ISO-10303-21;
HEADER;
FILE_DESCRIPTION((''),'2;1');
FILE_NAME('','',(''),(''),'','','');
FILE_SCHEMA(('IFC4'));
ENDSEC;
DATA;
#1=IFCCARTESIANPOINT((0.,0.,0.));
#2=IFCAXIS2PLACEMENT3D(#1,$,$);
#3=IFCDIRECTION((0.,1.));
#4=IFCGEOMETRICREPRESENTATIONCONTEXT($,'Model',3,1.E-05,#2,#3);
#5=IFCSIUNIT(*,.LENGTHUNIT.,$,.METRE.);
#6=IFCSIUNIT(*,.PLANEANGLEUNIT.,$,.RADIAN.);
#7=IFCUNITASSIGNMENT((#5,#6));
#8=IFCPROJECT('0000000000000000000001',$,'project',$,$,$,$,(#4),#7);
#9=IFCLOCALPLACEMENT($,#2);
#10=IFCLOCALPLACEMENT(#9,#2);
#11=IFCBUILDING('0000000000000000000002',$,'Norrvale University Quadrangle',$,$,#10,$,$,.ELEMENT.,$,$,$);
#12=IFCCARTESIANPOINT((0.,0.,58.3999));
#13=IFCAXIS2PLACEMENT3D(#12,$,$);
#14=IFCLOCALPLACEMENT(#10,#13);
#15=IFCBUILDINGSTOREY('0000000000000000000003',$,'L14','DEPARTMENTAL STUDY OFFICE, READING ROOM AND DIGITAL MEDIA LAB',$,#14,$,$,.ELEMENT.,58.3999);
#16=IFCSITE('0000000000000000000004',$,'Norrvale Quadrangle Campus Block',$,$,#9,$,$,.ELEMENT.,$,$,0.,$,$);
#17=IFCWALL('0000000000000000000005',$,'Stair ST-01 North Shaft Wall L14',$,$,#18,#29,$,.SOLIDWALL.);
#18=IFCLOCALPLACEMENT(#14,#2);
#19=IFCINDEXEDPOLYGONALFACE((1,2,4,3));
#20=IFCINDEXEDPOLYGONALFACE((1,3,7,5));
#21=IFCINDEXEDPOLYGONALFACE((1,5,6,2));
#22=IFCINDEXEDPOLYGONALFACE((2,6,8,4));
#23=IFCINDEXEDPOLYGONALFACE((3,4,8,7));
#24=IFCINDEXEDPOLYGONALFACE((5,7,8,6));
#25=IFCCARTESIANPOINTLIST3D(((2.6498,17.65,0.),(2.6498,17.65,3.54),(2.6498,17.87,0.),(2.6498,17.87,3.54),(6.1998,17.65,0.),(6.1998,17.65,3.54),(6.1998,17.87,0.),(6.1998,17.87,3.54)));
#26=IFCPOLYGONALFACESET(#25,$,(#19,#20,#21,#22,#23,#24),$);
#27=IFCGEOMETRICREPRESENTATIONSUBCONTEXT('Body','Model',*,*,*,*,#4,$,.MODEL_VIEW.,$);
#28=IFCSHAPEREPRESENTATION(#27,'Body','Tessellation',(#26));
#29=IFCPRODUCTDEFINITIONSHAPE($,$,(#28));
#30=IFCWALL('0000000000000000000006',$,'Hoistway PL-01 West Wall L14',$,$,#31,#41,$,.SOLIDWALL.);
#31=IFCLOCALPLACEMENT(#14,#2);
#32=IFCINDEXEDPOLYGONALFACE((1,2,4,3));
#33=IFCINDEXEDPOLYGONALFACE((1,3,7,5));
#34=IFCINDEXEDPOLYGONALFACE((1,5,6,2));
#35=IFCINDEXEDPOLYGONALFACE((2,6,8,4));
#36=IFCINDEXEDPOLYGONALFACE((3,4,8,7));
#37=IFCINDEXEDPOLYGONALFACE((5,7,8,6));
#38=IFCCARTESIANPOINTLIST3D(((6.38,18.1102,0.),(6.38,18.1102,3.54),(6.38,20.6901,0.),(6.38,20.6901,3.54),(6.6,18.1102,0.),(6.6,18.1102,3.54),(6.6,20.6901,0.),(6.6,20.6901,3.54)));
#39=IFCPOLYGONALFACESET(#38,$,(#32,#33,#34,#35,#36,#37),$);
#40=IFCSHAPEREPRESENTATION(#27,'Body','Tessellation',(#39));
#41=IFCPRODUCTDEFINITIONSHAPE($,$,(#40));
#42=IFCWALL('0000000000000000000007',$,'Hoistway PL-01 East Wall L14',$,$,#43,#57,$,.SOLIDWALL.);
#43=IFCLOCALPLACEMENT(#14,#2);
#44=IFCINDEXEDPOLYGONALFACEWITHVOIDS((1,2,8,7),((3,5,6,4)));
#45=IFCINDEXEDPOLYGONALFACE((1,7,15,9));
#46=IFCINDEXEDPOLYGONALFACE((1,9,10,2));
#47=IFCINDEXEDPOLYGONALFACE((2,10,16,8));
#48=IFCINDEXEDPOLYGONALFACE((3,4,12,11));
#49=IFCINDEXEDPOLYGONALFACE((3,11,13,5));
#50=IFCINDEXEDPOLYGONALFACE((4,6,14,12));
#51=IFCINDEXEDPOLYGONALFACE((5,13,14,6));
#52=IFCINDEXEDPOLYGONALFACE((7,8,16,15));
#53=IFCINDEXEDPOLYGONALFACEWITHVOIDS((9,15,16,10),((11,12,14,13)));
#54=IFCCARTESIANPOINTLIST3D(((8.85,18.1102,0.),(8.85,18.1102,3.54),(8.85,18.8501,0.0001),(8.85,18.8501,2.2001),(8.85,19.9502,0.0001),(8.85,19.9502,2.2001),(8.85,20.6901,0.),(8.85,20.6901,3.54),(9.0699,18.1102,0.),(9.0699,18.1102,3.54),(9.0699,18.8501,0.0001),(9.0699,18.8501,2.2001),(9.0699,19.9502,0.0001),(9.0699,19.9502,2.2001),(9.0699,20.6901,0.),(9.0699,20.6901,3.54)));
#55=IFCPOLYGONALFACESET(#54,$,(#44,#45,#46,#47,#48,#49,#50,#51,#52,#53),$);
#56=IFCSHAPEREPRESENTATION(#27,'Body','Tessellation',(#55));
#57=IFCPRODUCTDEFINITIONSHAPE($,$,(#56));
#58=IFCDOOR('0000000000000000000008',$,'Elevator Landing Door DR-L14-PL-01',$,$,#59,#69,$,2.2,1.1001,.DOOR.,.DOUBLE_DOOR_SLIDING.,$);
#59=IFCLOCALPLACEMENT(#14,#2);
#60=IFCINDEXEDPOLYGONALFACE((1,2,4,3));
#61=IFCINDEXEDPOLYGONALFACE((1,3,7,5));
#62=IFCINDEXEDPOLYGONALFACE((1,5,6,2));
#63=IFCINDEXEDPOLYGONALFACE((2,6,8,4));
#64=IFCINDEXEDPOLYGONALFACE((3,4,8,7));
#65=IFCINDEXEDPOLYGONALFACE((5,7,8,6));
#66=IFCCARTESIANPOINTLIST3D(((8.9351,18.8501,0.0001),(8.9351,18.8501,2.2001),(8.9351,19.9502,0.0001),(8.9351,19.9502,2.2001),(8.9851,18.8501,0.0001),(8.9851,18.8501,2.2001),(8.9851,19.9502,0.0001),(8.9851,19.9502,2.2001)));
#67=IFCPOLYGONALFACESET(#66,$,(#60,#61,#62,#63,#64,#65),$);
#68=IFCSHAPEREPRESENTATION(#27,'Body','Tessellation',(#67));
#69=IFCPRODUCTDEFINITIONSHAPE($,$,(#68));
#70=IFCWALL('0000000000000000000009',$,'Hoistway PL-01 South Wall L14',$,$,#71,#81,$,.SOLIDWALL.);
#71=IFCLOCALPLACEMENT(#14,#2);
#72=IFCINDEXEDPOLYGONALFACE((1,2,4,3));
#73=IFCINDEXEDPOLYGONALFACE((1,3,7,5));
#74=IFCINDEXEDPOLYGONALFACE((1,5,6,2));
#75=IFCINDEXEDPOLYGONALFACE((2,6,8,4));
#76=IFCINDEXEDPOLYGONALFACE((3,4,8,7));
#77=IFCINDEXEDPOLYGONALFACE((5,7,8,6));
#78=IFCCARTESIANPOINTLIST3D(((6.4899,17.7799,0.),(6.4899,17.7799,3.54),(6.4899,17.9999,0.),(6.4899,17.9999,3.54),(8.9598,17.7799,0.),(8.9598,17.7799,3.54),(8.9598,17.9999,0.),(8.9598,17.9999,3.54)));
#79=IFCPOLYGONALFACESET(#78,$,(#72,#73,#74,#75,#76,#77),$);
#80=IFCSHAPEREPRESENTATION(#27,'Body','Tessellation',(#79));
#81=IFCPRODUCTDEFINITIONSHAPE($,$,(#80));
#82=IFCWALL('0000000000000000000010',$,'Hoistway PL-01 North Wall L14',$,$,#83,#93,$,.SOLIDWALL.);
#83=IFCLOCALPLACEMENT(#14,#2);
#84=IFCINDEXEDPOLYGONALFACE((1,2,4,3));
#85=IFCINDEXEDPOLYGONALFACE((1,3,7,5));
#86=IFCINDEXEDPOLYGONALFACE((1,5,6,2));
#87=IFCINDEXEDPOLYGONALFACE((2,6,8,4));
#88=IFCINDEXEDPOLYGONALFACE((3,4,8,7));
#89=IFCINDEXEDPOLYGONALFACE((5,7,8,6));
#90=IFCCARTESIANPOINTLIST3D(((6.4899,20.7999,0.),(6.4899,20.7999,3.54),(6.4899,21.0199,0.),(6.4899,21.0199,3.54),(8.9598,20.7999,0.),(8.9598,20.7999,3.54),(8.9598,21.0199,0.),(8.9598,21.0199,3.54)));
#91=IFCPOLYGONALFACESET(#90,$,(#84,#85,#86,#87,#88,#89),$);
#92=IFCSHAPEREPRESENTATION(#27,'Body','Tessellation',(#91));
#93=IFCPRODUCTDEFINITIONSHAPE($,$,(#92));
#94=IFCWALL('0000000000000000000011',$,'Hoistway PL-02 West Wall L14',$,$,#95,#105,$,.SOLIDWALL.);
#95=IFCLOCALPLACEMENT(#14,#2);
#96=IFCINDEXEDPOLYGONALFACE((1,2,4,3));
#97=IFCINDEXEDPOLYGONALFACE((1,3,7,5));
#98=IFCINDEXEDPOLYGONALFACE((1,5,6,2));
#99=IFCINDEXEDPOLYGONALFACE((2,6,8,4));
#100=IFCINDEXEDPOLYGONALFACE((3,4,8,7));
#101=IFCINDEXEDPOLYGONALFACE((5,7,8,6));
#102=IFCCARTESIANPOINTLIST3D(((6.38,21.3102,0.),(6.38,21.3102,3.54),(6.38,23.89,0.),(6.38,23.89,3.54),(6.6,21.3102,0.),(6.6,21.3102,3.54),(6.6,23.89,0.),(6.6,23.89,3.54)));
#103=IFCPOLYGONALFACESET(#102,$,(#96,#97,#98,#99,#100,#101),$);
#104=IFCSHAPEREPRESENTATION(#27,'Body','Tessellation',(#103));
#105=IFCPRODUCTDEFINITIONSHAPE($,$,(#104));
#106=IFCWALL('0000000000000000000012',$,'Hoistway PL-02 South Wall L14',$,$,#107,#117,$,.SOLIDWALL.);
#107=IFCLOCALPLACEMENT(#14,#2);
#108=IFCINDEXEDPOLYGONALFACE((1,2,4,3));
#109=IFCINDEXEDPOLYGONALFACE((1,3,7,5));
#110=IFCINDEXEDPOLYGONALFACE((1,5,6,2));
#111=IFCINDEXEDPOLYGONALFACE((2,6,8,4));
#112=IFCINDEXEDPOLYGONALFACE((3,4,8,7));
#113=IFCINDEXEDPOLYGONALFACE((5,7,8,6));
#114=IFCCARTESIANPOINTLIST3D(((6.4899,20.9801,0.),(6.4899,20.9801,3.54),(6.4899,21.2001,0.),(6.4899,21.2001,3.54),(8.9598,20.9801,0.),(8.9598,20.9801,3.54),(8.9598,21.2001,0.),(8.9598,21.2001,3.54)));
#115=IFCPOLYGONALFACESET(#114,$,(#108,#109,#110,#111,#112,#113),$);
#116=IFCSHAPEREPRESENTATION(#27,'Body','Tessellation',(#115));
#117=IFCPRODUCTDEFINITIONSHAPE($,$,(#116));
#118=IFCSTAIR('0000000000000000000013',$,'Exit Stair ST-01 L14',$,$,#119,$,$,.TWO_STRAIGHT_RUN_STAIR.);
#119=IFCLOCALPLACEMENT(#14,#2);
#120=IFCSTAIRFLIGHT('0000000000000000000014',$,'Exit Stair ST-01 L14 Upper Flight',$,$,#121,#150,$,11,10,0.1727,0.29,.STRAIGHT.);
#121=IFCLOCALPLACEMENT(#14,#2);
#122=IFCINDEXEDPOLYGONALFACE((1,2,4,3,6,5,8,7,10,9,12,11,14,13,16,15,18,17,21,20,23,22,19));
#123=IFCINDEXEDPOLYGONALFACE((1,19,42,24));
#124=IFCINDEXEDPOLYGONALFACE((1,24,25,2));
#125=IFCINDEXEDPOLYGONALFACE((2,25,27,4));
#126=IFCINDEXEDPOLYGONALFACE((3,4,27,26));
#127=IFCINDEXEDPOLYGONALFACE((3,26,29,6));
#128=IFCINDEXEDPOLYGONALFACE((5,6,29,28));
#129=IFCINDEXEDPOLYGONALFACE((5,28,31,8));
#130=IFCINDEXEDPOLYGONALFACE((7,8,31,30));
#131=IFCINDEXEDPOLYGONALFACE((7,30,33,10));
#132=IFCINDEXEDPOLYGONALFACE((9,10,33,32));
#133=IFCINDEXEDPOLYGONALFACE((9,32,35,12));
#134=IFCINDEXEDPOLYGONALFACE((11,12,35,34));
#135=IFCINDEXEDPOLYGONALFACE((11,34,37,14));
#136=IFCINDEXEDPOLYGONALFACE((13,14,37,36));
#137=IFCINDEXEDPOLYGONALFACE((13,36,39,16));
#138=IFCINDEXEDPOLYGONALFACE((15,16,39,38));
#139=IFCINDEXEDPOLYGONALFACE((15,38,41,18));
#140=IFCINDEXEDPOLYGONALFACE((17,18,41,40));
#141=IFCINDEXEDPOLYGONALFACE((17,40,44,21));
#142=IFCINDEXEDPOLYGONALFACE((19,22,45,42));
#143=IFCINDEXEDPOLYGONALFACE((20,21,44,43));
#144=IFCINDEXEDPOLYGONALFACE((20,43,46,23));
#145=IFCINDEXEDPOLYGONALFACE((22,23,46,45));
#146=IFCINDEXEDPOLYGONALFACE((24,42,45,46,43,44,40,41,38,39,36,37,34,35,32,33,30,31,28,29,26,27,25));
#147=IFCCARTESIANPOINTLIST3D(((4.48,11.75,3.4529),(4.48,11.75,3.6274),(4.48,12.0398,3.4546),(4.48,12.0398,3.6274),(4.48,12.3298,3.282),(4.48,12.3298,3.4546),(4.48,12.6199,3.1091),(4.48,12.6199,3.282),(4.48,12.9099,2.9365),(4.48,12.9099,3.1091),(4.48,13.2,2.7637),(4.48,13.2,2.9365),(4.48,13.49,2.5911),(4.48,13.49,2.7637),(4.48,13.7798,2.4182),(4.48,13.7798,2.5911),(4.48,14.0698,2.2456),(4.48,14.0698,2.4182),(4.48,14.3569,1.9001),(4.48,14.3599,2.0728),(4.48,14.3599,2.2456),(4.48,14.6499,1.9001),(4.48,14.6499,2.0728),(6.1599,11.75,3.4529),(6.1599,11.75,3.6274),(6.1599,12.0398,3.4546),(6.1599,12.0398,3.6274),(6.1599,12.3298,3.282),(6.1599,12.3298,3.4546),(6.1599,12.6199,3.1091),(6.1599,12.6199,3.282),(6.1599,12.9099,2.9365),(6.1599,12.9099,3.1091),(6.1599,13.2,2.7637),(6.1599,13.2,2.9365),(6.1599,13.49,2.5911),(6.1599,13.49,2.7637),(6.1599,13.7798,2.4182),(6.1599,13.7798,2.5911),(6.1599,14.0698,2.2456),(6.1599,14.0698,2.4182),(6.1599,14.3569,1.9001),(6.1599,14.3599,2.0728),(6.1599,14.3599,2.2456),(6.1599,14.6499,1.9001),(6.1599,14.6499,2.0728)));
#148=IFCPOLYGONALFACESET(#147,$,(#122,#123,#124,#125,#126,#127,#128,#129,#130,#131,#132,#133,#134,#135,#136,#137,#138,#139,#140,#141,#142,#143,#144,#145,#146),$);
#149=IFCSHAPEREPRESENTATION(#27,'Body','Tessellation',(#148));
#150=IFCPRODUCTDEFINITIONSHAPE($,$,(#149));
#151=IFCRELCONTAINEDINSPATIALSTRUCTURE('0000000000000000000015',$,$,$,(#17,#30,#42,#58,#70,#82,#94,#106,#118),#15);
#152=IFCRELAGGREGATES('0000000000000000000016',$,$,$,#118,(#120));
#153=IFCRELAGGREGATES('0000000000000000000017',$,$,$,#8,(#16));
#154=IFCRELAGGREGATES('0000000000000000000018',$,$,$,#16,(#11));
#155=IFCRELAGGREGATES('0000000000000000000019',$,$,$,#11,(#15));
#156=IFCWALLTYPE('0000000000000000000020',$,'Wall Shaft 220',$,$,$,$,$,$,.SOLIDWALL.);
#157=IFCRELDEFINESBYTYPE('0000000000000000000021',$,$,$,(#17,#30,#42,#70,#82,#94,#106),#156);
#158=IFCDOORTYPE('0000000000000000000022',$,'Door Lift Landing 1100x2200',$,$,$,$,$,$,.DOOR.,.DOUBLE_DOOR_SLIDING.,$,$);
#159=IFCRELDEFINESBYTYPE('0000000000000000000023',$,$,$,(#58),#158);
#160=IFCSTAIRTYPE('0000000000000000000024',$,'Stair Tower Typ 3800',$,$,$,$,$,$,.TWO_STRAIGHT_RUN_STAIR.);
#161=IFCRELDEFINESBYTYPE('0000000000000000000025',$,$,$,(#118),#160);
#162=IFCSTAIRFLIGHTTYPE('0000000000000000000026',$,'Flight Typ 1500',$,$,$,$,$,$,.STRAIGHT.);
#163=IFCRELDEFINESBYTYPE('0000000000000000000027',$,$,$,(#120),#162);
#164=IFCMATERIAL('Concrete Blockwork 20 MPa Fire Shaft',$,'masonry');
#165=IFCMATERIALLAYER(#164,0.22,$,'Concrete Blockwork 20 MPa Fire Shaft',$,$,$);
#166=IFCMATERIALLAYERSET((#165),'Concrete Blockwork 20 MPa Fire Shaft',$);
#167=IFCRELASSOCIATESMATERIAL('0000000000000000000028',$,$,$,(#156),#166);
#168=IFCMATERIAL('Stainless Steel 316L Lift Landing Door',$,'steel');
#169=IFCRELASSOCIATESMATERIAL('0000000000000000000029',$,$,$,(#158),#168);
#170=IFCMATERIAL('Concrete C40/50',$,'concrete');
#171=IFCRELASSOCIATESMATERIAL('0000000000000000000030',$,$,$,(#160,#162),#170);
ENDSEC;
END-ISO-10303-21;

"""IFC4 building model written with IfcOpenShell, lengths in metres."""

from ifc_helpers import new_model, si_unit, direction, frame, frame_2d, origin, place, context, subcontext, project, spatial, polyline, rectangle, outline, extrude, material, layer, layer_set, type_object, element, fill, aggregate, save


model = new_model("IFC4")

# Units and contexts
model_context = context("Model", 3, precision=1e-05, world=origin(), true_north=direction((0.0, 1.0)))
body_context = subcontext(model_context, "Body", "Model", "MODEL_VIEW")
ifc_project = project(units=[si_unit("LENGTHUNIT", "METRE"), si_unit("PLANEANGLEUNIT", "RADIAN")], contexts=[model_context])

# Site, building, storey
site_placement = place(None, origin())
site = spatial("IfcSite", under=ifc_project, at=site_placement, Name="Norrvale Quadrangle Campus Block", CompositionType="ELEMENT", RefElevation=0.0)
building_placement = place(site_placement, origin())
building = spatial("IfcBuilding", under=site, at=building_placement, Name="Norrvale University Quadrangle", CompositionType="ELEMENT")
storey_placement = place(building_placement, frame((0.0, 0.0, 58.3999)))
storey = spatial("IfcBuildingStorey", under=building, at=storey_placement, Name="L14", Description="DEPARTMENTAL STUDY OFFICE, READING ROOM AND DIGITAL MEDIA LAB", CompositionType="ELEMENT", Elevation=58.3999)

# Walls
ifc_material_1 = material(Name="Concrete Blockwork 20 MPa Fire Shaft", Category="masonry")
ifc_layer_1 = layer(ifc_material_1, 0.22, Name="Concrete Blockwork 20 MPa Fire Shaft")
ifc_layer_set_1 = layer_set([ifc_layer_1], Name="Concrete Blockwork 20 MPa Fire Shaft")
wall_type_1 = type_object("IfcWallType", Name="Wall Shaft 220", PredefinedType="SOLIDWALL", material=ifc_layer_set_1)
wall_1_placement = place(storey_placement, frame((2.6499, 17.76, 0.0), z_axis=(0.0, 0.0, 1.0), x_axis=(1.0, 0.0, 0.0)))
element("IfcWall", 1, at=wall_1_placement, inside=storey, type_object=wall_type_1, Name="Stair ST-01 North Shaft Wall L14", PredefinedType="SOLIDWALL", context=body_context, shape_type="SweptSolid", body=[
    extrude(rectangle(XDim=3.55, YDim=0.22, at=frame_2d((1.7749, 0.0))), origin(), (0.0, 0.0, 1.0), 3.54),
])
wall_2_placement = place(storey_placement, frame((6.49, 18.1101, 0.0), z_axis=(0.0, 0.0, 1.0), x_axis=(0.0, 1.0, 0.0)))
element("IfcWall", 2, at=wall_2_placement, inside=storey, type_object=wall_type_1, Name="Hoistway PL-01 West Wall L14", PredefinedType="SOLIDWALL", context=body_context, shape_type="SweptSolid", body=[
    extrude(rectangle(XDim=2.5798, YDim=0.22, at=frame_2d((1.29, 0.0))), origin(), (0.0, 0.0, 1.0), 3.54),
])

# Wall, opening, door
wall_3_placement = place(storey_placement, frame((8.96, 18.1101, 0.0), z_axis=(0.0, 0.0, 1.0), x_axis=(0.0, 1.0, 0.0)))
wall_3 = element("IfcWall", 3, at=wall_3_placement, inside=storey, type_object=wall_type_1, Name="Hoistway PL-01 East Wall L14", PredefinedType="SOLIDWALL", context=body_context, shape_type="SweptSolid", body=[
    extrude(rectangle(XDim=2.5798, YDim=0.22, at=frame_2d((1.29, 0.0))), origin(), (0.0, 0.0, 1.0), 3.54),
])
opening_1_placement = place(wall_3_placement, frame((0.74, 0.0, 0.0)))
opening_1 = element("IfcOpeningElement", 4, at=opening_1_placement, cuts=wall_3, PredefinedType="OPENING", context=body_context, shape_type="SweptSolid", body=[
    extrude(rectangle(XDim=1.1001, YDim=2.2, at=frame_2d((0.55, 1.1001))), frame((0.0, 0.1221, 0.0), z_axis=(0.0, -1.0, 0.0), x_axis=(1.0, 0.0, 0.0)), (0.0, 0.0, 1.0), 0.2439),
])
ifc_material_2 = material(Name="Stainless Steel 316L Lift Landing Door", Category="steel")
door_type_1 = type_object("IfcDoorType", Name="Door Lift Landing 1100x2200", OperationType="DOUBLE_DOOR_SLIDING", PredefinedType="DOOR", material=ifc_material_2)
door_1_placement = place(opening_1_placement, origin())
door_1 = element("IfcDoor", 5, at=door_1_placement, inside=storey, type_object=door_type_1, Name="Elevator Landing Door DR-L14-PL-01", OperationType="DOUBLE_DOOR_SLIDING", OverallHeight=2.2, OverallWidth=1.1001, PredefinedType="DOOR", context=body_context, shape_type="SweptSolid", body=[
    extrude(rectangle(XDim=1.1001, YDim=2.2, at=frame_2d((0.55, 1.1001))), frame((0.0, 0.0249, 0.0), z_axis=(0.0, -1.0, 0.0), x_axis=(1.0, 0.0, 0.0)), (0.0, 0.0, 1.0), 0.05),
])
fill(opening_1, door_1)

# Walls
for number, where, z_axis, x_axis, name in (
    (6, (6.49, 17.8899, 0.0), (0.0, 0.0, 1.0), (1.0, 0.0, 0.0), "Hoistway PL-01 South Wall L14"),
    (7, (6.49, 20.9099, 0.0), (0.0, 0.0, 1.0), (1.0, 0.0, 0.0), "Hoistway PL-01 North Wall L14"),
):
    element("IfcWall", number, at=place(storey_placement, frame(where, z_axis=z_axis, x_axis=x_axis)), inside=storey, type_object=wall_type_1, Name=name, PredefinedType="SOLIDWALL", context=body_context, shape_type="SweptSolid", body=[
        extrude(rectangle(XDim=2.47, YDim=0.22, at=frame_2d((1.2349, 0.0))), origin(), (0.0, 0.0, 1.0), 3.54),
    ])
wall_4_placement = place(storey_placement, frame((6.49, 21.3101, 0.0), z_axis=(0.0, 0.0, 1.0), x_axis=(0.0, 1.0, 0.0)))
element("IfcWall", 8, at=wall_4_placement, inside=storey, type_object=wall_type_1, Name="Hoistway PL-02 West Wall L14", PredefinedType="SOLIDWALL", context=body_context, shape_type="SweptSolid", body=[
    extrude(rectangle(XDim=2.5798, YDim=0.22, at=frame_2d((1.29, 0.0))), origin(), (0.0, 0.0, 1.0), 3.54),
])
wall_5_placement = place(storey_placement, frame((6.49, 21.0901, 0.0), z_axis=(0.0, 0.0, 1.0), x_axis=(1.0, 0.0, 0.0)))
element("IfcWall", 9, at=wall_5_placement, inside=storey, type_object=wall_type_1, Name="Hoistway PL-02 South Wall L14", PredefinedType="SOLIDWALL", context=body_context, shape_type="SweptSolid", body=[
    extrude(rectangle(XDim=2.47, YDim=0.22, at=frame_2d((1.2349, 0.0))), origin(), (0.0, 0.0, 1.0), 3.54),
])

# Stair, stair flight
ifc_material_3 = material(Name="Concrete C40/50", Category="concrete")
stair_type = type_object("IfcStairType", Name="Stair Tower Typ 3800", PredefinedType="TWO_STRAIGHT_RUN_STAIR", material=ifc_material_3)
stair_placement = place(storey_placement, origin())
stair = element("IfcStair", 10, at=stair_placement, inside=storey, type_object=stair_type, Name="Exit Stair ST-01 L14", PredefinedType="TWO_STRAIGHT_RUN_STAIR")
stair_flight_type = type_object("IfcStairFlightType", Name="Flight Typ 1500", PredefinedType="STRAIGHT", material=ifc_material_3)
stair_flight_placement = place(storey_placement, frame((5.3201, 14.6499, 1.9001), z_axis=(0.0, 0.0, 1.0), x_axis=(0.0, -1.0, 0.0)))
stair_flight = element("IfcStairFlight", 11, at=stair_flight_placement, type_object=stair_flight_type, Name="Exit Stair ST-01 L14 Upper Flight", NumberOfRisers=11, NumberOfTreads=10, PredefinedType="STRAIGHT", RiserHeight=0.1727, TreadLength=0.29, context=body_context, shape_type="SweptSolid", body=[
    extrude(outline(polyline([(0.0, 0.0), (0.0, 0.1726), (0.29, 0.1726), (0.29, 0.3455), (0.5801, 0.3455), (0.5801, 0.5181), (0.8701, 0.5181), (0.8701, 0.6909), (1.1599, 0.6909), (1.1599, 0.8635), (1.45, 0.8635), (1.45, 1.0364), (1.74, 1.0364), (1.74, 1.209), (2.03, 1.209), (2.03, 1.3818), (2.3201, 1.3818), (2.3201, 1.5544), (2.6101, 1.5544), (2.6101, 1.7273), (2.8999, 1.7273), (2.8999, 1.8999), (2.8999, 1.5527), (0.293, 0.0), (0.0, 0.0)])), frame((0.0, 0.8398, 0.0), z_axis=(0.0, -1.0, 0.0), x_axis=(1.0, 0.0, 0.0)), (0.0, 0.0, 1.0), 1.6799),
])
aggregate(stair, [stair_flight])

save(model, "model.ifc")
